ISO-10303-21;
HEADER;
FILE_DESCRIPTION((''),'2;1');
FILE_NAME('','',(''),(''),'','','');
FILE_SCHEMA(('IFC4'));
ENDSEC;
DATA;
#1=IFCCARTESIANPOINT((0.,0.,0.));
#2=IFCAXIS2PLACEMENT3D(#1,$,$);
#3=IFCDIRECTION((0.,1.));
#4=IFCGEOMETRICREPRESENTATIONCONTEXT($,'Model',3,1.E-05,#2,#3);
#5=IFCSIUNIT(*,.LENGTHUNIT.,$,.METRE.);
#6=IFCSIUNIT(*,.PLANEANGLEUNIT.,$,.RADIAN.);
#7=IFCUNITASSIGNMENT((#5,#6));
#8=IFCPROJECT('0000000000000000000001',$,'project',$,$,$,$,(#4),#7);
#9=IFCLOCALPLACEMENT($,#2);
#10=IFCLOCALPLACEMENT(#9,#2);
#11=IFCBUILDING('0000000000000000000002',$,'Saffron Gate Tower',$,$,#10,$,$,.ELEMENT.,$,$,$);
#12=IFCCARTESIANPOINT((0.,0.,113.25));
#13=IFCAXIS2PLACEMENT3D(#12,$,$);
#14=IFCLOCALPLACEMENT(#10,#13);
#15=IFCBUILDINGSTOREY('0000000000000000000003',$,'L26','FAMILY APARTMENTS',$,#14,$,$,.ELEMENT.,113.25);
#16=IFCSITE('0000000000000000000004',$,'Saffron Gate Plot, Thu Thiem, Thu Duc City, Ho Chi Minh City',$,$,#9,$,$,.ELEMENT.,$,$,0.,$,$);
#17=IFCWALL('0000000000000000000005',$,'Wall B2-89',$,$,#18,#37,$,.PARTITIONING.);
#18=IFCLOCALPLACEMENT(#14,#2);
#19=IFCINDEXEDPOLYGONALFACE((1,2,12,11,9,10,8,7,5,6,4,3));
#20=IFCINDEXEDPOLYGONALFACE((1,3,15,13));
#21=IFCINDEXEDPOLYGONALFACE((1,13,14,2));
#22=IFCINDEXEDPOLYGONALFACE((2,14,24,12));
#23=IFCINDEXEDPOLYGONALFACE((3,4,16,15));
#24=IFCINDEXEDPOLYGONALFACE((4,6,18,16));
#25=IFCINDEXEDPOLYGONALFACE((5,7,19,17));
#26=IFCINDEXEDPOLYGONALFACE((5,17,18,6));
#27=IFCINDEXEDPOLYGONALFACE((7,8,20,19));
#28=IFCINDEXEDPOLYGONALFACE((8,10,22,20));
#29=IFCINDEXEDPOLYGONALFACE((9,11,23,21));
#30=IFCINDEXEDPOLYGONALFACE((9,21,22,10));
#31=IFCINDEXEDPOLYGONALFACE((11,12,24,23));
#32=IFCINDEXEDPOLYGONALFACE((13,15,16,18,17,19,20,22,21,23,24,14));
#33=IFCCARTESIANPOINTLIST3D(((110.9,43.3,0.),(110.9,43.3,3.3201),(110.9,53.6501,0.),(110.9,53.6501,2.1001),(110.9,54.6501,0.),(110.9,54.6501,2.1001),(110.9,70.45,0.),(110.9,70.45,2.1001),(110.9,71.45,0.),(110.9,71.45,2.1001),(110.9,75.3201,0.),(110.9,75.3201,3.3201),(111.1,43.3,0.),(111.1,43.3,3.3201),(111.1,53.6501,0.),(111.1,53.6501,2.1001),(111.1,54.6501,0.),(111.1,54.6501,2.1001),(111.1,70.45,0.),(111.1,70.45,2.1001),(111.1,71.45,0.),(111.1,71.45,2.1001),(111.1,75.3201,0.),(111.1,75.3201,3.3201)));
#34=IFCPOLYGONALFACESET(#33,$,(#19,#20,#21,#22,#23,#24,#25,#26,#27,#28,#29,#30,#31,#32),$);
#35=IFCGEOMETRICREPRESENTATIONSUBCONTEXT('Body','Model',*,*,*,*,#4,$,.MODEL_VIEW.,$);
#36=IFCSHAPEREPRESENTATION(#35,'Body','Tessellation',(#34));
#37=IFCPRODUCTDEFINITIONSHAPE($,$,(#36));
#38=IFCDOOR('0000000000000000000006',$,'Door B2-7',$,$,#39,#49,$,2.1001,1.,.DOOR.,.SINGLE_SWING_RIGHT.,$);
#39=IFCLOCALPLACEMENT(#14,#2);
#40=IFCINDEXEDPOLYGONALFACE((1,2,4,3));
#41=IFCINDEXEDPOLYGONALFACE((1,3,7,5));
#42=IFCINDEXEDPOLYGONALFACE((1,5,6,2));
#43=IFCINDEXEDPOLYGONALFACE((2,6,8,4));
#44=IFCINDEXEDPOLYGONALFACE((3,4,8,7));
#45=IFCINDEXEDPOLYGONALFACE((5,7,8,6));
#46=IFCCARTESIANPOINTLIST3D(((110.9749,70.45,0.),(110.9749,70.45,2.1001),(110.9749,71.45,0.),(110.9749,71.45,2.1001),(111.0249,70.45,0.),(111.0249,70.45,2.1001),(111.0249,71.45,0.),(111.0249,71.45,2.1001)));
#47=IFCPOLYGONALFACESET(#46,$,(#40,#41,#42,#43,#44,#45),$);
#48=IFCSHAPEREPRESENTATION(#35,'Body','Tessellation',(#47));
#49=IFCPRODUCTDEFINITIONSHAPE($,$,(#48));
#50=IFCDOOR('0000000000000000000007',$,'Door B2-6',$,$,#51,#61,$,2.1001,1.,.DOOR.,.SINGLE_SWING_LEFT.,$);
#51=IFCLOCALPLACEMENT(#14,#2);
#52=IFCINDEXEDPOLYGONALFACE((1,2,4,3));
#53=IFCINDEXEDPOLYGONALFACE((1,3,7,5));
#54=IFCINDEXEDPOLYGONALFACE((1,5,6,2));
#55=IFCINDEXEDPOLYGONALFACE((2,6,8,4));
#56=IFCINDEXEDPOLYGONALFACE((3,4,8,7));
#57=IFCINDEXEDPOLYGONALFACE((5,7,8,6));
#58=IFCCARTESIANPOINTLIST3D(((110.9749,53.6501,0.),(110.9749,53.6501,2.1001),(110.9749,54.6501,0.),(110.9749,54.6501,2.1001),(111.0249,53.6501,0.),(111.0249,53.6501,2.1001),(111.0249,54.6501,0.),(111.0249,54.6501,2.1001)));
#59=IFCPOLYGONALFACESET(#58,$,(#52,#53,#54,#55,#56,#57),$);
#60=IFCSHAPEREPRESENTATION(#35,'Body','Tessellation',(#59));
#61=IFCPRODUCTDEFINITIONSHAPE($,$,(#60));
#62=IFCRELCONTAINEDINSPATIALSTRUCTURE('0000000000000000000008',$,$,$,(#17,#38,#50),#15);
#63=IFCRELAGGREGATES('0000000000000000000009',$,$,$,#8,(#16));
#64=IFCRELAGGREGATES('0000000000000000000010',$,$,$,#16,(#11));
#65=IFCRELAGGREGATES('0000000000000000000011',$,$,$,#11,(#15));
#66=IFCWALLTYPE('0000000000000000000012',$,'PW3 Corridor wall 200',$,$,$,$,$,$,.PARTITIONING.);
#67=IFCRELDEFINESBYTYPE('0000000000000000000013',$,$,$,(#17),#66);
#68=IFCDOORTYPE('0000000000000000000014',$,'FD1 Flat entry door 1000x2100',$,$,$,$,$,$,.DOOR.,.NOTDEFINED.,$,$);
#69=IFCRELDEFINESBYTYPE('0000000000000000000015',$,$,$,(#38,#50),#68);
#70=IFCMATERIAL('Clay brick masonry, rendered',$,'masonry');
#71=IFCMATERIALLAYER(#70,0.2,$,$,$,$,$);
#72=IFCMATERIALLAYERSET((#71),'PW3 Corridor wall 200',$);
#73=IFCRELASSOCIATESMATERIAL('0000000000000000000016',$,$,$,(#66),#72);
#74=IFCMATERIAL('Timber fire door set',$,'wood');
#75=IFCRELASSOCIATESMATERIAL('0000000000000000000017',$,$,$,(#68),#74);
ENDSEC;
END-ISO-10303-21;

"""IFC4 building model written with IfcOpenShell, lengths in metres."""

from ifc_helpers import new_model, si_unit, direction, frame, frame_2d, origin, place, context, subcontext, project, spatial, rectangle, extrude, material, layer, layer_set, type_object, element, fill, save


model = new_model("IFC4")

# Units and contexts
model_context = context("Model", 3, precision=1e-05, world=origin(), true_north=direction((0.0, 1.0)))
body_context = subcontext(model_context, "Body", "Model", "MODEL_VIEW")
ifc_project = project(units=[si_unit("LENGTHUNIT", "METRE"), si_unit("PLANEANGLEUNIT", "RADIAN")], contexts=[model_context])

# Site, building, storey
site_placement = place(None, origin())
site = spatial("IfcSite", under=ifc_project, at=site_placement, Name="Saffron Gate Plot, Thu Thiem, Thu Duc City, Ho Chi Minh City", CompositionType="ELEMENT", RefElevation=0.0)
building_placement = place(site_placement, origin())
building = spatial("IfcBuilding", under=site, at=building_placement, Name="Saffron Gate Tower", CompositionType="ELEMENT")
storey_placement = place(building_placement, frame((0.0, 0.0, 113.25)))
storey = spatial("IfcBuildingStorey", under=building, at=storey_placement, Name="L26", Description="FAMILY APARTMENTS", CompositionType="ELEMENT", Elevation=113.25)

# Wall, openings, doors
ifc_material_1 = material(Name="Clay brick masonry, rendered", Category="masonry")
ifc_layer_1 = layer(ifc_material_1, 0.2)
ifc_layer_set_1 = layer_set([ifc_layer_1], Name="PW3 Corridor wall 200")
wall_type_1 = type_object("IfcWallType", Name="PW3 Corridor wall 200", PredefinedType="PARTITIONING", material=ifc_layer_set_1)
wall_1_placement = place(storey_placement, frame((111.0, 75.3201, 0.0), z_axis=(0.0, 0.0, 1.0), x_axis=(0.0, -1.0, 0.0)))
wall_1 = element("IfcWall", 1, at=wall_1_placement, inside=storey, type_object=wall_type_1, Name="Wall B2-89", PredefinedType="PARTITIONING", context=body_context, shape_type="SweptSolid", body=[
    extrude(rectangle(XDim=32.02, YDim=0.2, at=frame_2d((16.01, 0.0))), origin(), (0.0, 0.0, 1.0), 3.3201),
])
opening_1_placement = place(wall_1_placement, frame((3.8701, 0.0, 0.0)))
opening_1 = element("IfcOpeningElement", 2, at=opening_1_placement, cuts=wall_1, PredefinedType="OPENING", context=body_context, shape_type="SweptSolid", body=[
    extrude(rectangle(XDim=1.0, YDim=2.1001, at=frame_2d((0.5, 1.05))), frame((0.0, 0.1099, 0.0), z_axis=(0.0, -1.0, 0.0), x_axis=(1.0, 0.0, 0.0)), (0.0, 0.0, 1.0), 0.22),
])
opening_2_placement = place(wall_1_placement, frame((20.6699, 0.0, 0.0)))
opening_2 = element("IfcOpeningElement", 3, at=opening_2_placement, cuts=wall_1, PredefinedType="OPENING", context=body_context, shape_type="SweptSolid", body=[
    extrude(rectangle(XDim=1.0, YDim=2.1001, at=frame_2d((0.5, 1.05))), frame((0.0, 0.1099, 0.0), z_axis=(0.0, -1.0, 0.0), x_axis=(1.0, 0.0, 0.0)), (0.0, 0.0, 1.0), 0.22),
])
ifc_material_2 = material(Name="Timber fire door set", Category="wood")
door_type_1 = type_object("IfcDoorType", Name="FD1 Flat entry door 1000x2100", OperationType="NOTDEFINED", PredefinedType="DOOR", material=ifc_material_2)
door_1_placement = place(opening_1_placement, origin())
door_1 = element("IfcDoor", 4, at=door_1_placement, inside=storey, type_object=door_type_1, Name="Door B2-7", OperationType="SINGLE_SWING_RIGHT", OverallHeight=2.1001, OverallWidth=1.0, PredefinedType="DOOR", context=body_context, shape_type="SweptSolid", body=[
    extrude(rectangle(XDim=1.0, YDim=2.1001, at=frame_2d((0.5, 1.05))), frame((0.0, 0.0249, 0.0), z_axis=(0.0, -1.0, 0.0), x_axis=(1.0, 0.0, 0.0)), (0.0, 0.0, 1.0), 0.05),
])
fill(opening_1, door_1)
door_2_placement = place(opening_2_placement, origin())
door_2 = element("IfcDoor", 5, at=door_2_placement, inside=storey, type_object=door_type_1, Name="Door B2-6", OperationType="SINGLE_SWING_LEFT", OverallHeight=2.1001, OverallWidth=1.0, PredefinedType="DOOR", context=body_context, shape_type="SweptSolid", body=[
    extrude(rectangle(XDim=1.0, YDim=2.1001, at=frame_2d((0.5, 1.05))), frame((0.0, 0.0249, 0.0), z_axis=(0.0, -1.0, 0.0), x_axis=(1.0, 0.0, 0.0)), (0.0, 0.0, 1.0), 0.05),
])
fill(opening_2, door_2)

save(model, "model.ifc")
